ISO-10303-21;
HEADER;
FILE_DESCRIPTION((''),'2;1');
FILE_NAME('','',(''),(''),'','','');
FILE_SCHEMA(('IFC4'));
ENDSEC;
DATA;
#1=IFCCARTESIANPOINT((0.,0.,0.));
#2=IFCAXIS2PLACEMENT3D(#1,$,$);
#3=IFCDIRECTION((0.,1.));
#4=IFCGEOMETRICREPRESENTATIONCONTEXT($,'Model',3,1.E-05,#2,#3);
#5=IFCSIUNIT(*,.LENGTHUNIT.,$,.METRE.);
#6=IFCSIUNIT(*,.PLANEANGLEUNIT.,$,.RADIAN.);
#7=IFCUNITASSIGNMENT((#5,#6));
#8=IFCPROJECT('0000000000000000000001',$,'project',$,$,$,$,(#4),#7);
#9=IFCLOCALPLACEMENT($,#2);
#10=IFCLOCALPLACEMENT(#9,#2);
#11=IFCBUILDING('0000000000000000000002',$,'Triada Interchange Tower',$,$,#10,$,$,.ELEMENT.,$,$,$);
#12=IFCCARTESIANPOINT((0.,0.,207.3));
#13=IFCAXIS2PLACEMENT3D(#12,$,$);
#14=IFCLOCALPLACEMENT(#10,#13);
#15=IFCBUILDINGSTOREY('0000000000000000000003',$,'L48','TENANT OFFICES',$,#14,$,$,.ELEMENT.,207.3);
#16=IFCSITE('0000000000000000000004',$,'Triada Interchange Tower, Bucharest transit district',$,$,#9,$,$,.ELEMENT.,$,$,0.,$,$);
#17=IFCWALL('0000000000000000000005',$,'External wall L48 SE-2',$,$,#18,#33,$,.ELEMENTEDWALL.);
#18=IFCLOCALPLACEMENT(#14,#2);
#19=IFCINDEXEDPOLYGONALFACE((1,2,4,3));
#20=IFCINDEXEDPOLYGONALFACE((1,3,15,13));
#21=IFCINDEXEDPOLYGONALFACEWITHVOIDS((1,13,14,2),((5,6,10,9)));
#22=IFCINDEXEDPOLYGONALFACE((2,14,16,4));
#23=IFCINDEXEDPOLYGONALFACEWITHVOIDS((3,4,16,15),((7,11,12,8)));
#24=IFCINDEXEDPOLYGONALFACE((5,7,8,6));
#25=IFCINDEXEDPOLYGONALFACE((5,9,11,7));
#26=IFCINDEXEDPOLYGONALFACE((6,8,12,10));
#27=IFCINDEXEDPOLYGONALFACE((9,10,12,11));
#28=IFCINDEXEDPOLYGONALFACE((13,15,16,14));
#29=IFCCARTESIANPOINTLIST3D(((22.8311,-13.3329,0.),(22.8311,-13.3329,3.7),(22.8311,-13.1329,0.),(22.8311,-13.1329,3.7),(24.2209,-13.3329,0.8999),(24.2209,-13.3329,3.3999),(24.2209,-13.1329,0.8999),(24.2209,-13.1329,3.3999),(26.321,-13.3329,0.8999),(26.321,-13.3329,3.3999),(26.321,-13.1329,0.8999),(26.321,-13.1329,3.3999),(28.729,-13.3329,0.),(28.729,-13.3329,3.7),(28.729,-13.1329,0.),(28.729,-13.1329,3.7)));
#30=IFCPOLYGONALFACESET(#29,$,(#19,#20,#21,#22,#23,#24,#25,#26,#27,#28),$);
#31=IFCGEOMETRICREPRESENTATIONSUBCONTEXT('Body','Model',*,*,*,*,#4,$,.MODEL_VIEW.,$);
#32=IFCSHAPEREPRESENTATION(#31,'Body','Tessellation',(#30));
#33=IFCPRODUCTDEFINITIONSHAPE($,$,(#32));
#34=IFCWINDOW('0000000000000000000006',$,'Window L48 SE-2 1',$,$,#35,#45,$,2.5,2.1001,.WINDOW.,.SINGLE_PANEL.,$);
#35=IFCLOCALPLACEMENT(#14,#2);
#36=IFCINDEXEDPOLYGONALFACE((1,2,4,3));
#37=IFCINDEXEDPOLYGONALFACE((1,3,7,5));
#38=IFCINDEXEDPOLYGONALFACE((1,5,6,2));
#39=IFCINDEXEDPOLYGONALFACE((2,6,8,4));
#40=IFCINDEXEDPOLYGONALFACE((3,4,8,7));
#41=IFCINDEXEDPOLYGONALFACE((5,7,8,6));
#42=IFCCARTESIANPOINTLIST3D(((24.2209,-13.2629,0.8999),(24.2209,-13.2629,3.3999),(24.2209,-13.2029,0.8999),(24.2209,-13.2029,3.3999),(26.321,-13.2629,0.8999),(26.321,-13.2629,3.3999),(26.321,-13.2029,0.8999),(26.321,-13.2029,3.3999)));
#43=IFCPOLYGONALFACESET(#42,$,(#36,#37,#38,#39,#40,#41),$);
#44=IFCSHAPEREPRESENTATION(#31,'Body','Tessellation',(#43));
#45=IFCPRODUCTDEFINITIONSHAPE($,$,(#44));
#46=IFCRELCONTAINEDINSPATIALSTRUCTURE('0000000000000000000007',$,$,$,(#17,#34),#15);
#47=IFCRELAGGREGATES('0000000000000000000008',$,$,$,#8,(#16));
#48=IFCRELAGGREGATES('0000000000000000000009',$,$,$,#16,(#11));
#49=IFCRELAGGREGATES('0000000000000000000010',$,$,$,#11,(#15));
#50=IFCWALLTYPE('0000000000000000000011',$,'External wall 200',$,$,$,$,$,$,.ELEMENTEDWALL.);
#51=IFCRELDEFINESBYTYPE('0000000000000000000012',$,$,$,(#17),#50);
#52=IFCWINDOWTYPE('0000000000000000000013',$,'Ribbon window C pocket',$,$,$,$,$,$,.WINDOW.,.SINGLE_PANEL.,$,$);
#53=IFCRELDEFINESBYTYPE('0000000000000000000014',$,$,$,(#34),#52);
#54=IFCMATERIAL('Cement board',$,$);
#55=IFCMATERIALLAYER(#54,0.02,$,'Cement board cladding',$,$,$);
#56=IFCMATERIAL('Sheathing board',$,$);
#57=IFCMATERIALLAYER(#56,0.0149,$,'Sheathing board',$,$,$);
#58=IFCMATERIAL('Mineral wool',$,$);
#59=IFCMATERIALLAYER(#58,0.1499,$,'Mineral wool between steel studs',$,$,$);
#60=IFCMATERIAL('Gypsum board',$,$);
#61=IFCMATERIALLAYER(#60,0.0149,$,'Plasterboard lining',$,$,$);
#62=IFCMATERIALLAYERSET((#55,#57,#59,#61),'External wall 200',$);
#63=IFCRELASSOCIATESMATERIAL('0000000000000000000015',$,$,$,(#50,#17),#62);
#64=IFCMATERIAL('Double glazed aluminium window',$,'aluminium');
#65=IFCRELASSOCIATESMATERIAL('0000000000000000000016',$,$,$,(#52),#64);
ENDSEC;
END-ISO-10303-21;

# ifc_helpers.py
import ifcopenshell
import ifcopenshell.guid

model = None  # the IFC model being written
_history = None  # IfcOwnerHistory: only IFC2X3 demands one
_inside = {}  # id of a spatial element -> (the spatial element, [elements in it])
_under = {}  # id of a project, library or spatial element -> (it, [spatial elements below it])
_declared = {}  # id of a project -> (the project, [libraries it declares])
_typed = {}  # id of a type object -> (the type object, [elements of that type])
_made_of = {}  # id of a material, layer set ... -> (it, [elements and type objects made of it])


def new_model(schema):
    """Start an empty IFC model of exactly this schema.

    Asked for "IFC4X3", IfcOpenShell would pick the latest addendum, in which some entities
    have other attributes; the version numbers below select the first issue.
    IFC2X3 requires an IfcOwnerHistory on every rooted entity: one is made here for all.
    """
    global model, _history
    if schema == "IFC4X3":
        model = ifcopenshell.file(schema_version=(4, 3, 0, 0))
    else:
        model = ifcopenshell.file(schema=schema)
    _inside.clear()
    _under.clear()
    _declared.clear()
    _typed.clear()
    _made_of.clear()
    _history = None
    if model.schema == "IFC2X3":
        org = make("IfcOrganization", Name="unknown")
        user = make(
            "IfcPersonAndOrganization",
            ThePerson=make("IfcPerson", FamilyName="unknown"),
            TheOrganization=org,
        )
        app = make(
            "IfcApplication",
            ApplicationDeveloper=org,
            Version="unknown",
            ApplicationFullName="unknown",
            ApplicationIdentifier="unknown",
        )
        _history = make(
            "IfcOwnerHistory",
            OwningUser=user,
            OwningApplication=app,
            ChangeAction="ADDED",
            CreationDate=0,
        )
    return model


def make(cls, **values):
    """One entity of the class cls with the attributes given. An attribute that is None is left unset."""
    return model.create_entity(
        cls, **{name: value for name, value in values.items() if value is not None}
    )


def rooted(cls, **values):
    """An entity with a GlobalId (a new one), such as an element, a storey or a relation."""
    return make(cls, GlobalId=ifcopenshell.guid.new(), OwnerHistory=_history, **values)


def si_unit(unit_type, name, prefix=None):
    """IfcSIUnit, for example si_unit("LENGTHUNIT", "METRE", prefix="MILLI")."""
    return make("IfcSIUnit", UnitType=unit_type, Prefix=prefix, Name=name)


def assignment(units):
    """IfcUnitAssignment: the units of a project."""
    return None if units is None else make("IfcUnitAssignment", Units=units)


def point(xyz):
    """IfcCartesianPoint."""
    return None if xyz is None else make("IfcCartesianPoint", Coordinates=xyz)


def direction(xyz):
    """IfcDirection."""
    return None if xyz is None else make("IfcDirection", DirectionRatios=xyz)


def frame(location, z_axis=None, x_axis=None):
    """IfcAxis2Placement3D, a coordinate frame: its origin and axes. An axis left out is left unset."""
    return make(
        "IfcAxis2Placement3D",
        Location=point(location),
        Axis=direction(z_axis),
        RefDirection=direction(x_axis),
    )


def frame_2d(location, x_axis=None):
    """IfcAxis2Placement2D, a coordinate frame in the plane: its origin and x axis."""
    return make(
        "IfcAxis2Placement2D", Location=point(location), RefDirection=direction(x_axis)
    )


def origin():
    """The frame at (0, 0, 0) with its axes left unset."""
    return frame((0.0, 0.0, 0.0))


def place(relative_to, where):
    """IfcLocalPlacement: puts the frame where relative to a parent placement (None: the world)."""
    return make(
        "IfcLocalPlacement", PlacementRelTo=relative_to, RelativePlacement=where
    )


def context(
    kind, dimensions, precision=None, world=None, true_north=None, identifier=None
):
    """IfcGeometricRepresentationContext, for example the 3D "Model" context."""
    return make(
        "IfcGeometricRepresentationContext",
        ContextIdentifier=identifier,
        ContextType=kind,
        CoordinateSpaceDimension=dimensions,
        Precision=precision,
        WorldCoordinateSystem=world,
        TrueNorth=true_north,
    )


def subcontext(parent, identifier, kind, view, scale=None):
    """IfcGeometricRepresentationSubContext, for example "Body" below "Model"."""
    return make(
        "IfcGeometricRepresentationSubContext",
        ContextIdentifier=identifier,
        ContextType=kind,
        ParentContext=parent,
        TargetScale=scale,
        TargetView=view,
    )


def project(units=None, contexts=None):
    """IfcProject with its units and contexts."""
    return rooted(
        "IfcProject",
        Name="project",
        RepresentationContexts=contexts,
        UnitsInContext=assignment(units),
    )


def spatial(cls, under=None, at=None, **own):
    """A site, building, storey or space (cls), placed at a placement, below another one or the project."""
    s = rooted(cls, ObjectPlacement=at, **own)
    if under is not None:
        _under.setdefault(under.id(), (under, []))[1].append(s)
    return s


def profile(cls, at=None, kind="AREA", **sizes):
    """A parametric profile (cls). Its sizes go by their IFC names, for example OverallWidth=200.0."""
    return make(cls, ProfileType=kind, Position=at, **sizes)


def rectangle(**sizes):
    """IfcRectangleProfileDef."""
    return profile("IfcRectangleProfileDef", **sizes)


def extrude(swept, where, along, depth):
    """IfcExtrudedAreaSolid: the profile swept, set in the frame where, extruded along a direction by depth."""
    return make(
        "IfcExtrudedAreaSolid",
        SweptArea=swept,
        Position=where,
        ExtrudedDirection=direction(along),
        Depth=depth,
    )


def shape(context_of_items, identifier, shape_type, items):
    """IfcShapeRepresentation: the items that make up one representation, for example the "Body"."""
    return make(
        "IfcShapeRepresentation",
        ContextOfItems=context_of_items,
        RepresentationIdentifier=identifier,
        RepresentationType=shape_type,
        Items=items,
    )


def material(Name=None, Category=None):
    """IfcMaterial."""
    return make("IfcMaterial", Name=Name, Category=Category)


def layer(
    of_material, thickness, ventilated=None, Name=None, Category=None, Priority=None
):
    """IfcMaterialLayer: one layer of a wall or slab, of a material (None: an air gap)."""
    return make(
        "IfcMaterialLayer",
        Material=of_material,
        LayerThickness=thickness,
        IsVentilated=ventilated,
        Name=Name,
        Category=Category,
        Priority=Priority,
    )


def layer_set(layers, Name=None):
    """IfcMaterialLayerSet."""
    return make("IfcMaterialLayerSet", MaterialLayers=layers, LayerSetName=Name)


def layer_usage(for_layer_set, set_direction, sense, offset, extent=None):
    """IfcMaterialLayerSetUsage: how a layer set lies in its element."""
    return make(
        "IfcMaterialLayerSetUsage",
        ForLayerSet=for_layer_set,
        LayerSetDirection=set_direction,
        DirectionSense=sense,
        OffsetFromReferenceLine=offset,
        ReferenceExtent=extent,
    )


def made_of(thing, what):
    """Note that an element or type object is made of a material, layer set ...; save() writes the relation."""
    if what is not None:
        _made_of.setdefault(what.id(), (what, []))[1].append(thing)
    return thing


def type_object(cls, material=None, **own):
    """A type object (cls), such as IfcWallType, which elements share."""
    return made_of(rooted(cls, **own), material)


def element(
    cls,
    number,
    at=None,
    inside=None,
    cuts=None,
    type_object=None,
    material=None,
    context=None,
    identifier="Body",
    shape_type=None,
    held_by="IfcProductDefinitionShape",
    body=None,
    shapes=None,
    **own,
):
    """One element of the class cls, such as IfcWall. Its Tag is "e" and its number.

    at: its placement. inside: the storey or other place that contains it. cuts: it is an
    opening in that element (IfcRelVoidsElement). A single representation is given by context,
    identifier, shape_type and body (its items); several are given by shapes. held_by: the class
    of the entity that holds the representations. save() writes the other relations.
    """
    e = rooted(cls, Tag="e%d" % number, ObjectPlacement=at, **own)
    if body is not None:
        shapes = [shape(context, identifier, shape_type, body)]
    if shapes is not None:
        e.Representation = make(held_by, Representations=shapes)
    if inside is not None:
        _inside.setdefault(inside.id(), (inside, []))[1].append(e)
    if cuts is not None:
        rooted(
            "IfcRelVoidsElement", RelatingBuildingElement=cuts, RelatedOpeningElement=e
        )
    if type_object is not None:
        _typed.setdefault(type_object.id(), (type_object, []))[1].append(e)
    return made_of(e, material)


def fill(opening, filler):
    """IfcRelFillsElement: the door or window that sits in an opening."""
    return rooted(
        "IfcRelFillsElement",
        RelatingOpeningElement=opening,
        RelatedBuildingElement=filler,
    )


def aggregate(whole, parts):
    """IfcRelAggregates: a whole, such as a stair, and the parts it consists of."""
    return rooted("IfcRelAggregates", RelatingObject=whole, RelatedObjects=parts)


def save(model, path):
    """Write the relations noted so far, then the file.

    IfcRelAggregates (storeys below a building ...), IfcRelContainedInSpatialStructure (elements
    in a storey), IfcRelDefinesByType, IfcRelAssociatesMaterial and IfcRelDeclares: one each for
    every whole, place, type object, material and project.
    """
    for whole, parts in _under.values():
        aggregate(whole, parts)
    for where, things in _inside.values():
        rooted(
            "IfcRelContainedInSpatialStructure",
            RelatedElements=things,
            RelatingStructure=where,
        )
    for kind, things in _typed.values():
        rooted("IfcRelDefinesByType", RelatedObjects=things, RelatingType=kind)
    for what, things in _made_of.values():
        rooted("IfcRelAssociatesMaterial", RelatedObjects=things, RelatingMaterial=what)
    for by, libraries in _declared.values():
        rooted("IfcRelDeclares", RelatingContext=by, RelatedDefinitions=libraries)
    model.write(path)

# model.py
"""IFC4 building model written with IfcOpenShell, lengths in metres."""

from ifc_helpers import new_model, si_unit, direction, frame, frame_2d, origin, place, context, subcontext, project, spatial, rectangle, extrude, material, layer, layer_set, layer_usage, type_object, element, fill, save


model = new_model("IFC4")

# Units and contexts
model_context = context("Model", 3, precision=1e-05, world=origin(), true_north=direction((0.0, 1.0)))
body_context = subcontext(model_context, "Body", "Model", "MODEL_VIEW")
ifc_project = project(units=[si_unit("LENGTHUNIT", "METRE"), si_unit("PLANEANGLEUNIT", "RADIAN")], contexts=[model_context])

# Site, building, storey
site_placement = place(None, origin())
site = spatial("IfcSite", under=ifc_project, at=site_placement, Name="Triada Interchange Tower, Bucharest transit district", CompositionType="ELEMENT", RefElevation=0.0)
building_placement = place(site_placement, origin())
building = spatial("IfcBuilding", under=site, at=building_placement, Name="Triada Interchange Tower", CompositionType="ELEMENT")
storey_placement = place(building_placement, frame((0.0, 0.0, 207.3)))
storey = spatial("IfcBuildingStorey", under=building, at=storey_placement, Name="L48", Description="TENANT OFFICES", CompositionType="ELEMENT", Elevation=207.3)

# Wall, opening, window
ifc_material_1 = material(Name="Cement board")
ifc_layer_1 = layer(ifc_material_1, 0.02, Name="Cement board cladding")
ifc_material_2 = material(Name="Sheathing board")
ifc_layer_2 = layer(ifc_material_2, 0.0149, Name="Sheathing board")
ifc_material_3 = material(Name="Mineral wool")
ifc_layer_3 = layer(ifc_material_3, 0.1499, Name="Mineral wool between steel studs")
ifc_material_4 = material(Name="Gypsum board")
ifc_layer_4 = layer(ifc_material_4, 0.0149, Name="Plasterboard lining")
ifc_layer_set_1 = layer_set([ifc_layer_1, ifc_layer_2, ifc_layer_3, ifc_layer_4], Name="External wall 200")
ifc_layer_usage = layer_usage(ifc_layer_set_1, "AXIS2", "POSITIVE", -0.1001)
wall_type_1 = type_object("IfcWallType", Name="External wall 200", PredefinedType="ELEMENTEDWALL", material=ifc_layer_set_1)
ifc_material_5 = material(Name="Double glazed aluminium window", Category="aluminium")
window_type_1 = type_object("IfcWindowType", Name="Ribbon window C pocket", PartitioningType="SINGLE_PANEL", PredefinedType="WINDOW", material=ifc_material_5)
wall_1_placement = place(storey_placement, frame((22.8311, -13.2329, 0.0), z_axis=(0.0, 0.0, 1.0), x_axis=(1.0, 0.0, 0.0)))
wall_1 = element("IfcWall", 1, at=wall_1_placement, inside=storey, type_object=wall_type_1, material=ifc_layer_usage, Name="External wall L48 SE-2", PredefinedType="ELEMENTEDWALL", context=body_context, shape_type="SweptSolid", body=[
    extrude(rectangle(XDim=5.8979, YDim=0.2, at=frame_2d((2.949, 0.0))), origin(), (0.0, 0.0, 1.0), 3.7),
])
opening_1_placement = place(wall_1_placement, frame((1.3899, 0.0, 0.8999)))
opening_1 = element("IfcOpeningElement", 2, at=opening_1_placement, cuts=wall_1, PredefinedType="OPENING", context=body_context, shape_type="SweptSolid", body=[
    extrude(rectangle(XDim=2.1001, YDim=2.5, at=frame_2d((1.05, 1.25))), frame((0.0, 0.1099, 0.0), z_axis=(0.0, -1.0, 0.0), x_axis=(1.0, 0.0, 0.0)), (0.0, 0.0, 1.0), 0.22),
])
window_1_placement = place(opening_1_placement, origin())
window_1 = element("IfcWindow", 3, at=window_1_placement, inside=storey, type_object=window_type_1, Name="Window L48 SE-2 1", OverallHeight=2.5, OverallWidth=2.1001, PartitioningType="SINGLE_PANEL", PredefinedType="WINDOW", context=body_context, shape_type="SweptSolid", body=[
    extrude(rectangle(XDim=2.1001, YDim=2.5, at=frame_2d((1.05, 1.25))), frame((0.0, 0.03, 0.0), z_axis=(0.0, -1.0, 0.0), x_axis=(1.0, 0.0, 0.0)), (0.0, 0.0, 1.0), 0.0601),
])
fill(opening_1, window_1)

save(model, "model.ifc")
